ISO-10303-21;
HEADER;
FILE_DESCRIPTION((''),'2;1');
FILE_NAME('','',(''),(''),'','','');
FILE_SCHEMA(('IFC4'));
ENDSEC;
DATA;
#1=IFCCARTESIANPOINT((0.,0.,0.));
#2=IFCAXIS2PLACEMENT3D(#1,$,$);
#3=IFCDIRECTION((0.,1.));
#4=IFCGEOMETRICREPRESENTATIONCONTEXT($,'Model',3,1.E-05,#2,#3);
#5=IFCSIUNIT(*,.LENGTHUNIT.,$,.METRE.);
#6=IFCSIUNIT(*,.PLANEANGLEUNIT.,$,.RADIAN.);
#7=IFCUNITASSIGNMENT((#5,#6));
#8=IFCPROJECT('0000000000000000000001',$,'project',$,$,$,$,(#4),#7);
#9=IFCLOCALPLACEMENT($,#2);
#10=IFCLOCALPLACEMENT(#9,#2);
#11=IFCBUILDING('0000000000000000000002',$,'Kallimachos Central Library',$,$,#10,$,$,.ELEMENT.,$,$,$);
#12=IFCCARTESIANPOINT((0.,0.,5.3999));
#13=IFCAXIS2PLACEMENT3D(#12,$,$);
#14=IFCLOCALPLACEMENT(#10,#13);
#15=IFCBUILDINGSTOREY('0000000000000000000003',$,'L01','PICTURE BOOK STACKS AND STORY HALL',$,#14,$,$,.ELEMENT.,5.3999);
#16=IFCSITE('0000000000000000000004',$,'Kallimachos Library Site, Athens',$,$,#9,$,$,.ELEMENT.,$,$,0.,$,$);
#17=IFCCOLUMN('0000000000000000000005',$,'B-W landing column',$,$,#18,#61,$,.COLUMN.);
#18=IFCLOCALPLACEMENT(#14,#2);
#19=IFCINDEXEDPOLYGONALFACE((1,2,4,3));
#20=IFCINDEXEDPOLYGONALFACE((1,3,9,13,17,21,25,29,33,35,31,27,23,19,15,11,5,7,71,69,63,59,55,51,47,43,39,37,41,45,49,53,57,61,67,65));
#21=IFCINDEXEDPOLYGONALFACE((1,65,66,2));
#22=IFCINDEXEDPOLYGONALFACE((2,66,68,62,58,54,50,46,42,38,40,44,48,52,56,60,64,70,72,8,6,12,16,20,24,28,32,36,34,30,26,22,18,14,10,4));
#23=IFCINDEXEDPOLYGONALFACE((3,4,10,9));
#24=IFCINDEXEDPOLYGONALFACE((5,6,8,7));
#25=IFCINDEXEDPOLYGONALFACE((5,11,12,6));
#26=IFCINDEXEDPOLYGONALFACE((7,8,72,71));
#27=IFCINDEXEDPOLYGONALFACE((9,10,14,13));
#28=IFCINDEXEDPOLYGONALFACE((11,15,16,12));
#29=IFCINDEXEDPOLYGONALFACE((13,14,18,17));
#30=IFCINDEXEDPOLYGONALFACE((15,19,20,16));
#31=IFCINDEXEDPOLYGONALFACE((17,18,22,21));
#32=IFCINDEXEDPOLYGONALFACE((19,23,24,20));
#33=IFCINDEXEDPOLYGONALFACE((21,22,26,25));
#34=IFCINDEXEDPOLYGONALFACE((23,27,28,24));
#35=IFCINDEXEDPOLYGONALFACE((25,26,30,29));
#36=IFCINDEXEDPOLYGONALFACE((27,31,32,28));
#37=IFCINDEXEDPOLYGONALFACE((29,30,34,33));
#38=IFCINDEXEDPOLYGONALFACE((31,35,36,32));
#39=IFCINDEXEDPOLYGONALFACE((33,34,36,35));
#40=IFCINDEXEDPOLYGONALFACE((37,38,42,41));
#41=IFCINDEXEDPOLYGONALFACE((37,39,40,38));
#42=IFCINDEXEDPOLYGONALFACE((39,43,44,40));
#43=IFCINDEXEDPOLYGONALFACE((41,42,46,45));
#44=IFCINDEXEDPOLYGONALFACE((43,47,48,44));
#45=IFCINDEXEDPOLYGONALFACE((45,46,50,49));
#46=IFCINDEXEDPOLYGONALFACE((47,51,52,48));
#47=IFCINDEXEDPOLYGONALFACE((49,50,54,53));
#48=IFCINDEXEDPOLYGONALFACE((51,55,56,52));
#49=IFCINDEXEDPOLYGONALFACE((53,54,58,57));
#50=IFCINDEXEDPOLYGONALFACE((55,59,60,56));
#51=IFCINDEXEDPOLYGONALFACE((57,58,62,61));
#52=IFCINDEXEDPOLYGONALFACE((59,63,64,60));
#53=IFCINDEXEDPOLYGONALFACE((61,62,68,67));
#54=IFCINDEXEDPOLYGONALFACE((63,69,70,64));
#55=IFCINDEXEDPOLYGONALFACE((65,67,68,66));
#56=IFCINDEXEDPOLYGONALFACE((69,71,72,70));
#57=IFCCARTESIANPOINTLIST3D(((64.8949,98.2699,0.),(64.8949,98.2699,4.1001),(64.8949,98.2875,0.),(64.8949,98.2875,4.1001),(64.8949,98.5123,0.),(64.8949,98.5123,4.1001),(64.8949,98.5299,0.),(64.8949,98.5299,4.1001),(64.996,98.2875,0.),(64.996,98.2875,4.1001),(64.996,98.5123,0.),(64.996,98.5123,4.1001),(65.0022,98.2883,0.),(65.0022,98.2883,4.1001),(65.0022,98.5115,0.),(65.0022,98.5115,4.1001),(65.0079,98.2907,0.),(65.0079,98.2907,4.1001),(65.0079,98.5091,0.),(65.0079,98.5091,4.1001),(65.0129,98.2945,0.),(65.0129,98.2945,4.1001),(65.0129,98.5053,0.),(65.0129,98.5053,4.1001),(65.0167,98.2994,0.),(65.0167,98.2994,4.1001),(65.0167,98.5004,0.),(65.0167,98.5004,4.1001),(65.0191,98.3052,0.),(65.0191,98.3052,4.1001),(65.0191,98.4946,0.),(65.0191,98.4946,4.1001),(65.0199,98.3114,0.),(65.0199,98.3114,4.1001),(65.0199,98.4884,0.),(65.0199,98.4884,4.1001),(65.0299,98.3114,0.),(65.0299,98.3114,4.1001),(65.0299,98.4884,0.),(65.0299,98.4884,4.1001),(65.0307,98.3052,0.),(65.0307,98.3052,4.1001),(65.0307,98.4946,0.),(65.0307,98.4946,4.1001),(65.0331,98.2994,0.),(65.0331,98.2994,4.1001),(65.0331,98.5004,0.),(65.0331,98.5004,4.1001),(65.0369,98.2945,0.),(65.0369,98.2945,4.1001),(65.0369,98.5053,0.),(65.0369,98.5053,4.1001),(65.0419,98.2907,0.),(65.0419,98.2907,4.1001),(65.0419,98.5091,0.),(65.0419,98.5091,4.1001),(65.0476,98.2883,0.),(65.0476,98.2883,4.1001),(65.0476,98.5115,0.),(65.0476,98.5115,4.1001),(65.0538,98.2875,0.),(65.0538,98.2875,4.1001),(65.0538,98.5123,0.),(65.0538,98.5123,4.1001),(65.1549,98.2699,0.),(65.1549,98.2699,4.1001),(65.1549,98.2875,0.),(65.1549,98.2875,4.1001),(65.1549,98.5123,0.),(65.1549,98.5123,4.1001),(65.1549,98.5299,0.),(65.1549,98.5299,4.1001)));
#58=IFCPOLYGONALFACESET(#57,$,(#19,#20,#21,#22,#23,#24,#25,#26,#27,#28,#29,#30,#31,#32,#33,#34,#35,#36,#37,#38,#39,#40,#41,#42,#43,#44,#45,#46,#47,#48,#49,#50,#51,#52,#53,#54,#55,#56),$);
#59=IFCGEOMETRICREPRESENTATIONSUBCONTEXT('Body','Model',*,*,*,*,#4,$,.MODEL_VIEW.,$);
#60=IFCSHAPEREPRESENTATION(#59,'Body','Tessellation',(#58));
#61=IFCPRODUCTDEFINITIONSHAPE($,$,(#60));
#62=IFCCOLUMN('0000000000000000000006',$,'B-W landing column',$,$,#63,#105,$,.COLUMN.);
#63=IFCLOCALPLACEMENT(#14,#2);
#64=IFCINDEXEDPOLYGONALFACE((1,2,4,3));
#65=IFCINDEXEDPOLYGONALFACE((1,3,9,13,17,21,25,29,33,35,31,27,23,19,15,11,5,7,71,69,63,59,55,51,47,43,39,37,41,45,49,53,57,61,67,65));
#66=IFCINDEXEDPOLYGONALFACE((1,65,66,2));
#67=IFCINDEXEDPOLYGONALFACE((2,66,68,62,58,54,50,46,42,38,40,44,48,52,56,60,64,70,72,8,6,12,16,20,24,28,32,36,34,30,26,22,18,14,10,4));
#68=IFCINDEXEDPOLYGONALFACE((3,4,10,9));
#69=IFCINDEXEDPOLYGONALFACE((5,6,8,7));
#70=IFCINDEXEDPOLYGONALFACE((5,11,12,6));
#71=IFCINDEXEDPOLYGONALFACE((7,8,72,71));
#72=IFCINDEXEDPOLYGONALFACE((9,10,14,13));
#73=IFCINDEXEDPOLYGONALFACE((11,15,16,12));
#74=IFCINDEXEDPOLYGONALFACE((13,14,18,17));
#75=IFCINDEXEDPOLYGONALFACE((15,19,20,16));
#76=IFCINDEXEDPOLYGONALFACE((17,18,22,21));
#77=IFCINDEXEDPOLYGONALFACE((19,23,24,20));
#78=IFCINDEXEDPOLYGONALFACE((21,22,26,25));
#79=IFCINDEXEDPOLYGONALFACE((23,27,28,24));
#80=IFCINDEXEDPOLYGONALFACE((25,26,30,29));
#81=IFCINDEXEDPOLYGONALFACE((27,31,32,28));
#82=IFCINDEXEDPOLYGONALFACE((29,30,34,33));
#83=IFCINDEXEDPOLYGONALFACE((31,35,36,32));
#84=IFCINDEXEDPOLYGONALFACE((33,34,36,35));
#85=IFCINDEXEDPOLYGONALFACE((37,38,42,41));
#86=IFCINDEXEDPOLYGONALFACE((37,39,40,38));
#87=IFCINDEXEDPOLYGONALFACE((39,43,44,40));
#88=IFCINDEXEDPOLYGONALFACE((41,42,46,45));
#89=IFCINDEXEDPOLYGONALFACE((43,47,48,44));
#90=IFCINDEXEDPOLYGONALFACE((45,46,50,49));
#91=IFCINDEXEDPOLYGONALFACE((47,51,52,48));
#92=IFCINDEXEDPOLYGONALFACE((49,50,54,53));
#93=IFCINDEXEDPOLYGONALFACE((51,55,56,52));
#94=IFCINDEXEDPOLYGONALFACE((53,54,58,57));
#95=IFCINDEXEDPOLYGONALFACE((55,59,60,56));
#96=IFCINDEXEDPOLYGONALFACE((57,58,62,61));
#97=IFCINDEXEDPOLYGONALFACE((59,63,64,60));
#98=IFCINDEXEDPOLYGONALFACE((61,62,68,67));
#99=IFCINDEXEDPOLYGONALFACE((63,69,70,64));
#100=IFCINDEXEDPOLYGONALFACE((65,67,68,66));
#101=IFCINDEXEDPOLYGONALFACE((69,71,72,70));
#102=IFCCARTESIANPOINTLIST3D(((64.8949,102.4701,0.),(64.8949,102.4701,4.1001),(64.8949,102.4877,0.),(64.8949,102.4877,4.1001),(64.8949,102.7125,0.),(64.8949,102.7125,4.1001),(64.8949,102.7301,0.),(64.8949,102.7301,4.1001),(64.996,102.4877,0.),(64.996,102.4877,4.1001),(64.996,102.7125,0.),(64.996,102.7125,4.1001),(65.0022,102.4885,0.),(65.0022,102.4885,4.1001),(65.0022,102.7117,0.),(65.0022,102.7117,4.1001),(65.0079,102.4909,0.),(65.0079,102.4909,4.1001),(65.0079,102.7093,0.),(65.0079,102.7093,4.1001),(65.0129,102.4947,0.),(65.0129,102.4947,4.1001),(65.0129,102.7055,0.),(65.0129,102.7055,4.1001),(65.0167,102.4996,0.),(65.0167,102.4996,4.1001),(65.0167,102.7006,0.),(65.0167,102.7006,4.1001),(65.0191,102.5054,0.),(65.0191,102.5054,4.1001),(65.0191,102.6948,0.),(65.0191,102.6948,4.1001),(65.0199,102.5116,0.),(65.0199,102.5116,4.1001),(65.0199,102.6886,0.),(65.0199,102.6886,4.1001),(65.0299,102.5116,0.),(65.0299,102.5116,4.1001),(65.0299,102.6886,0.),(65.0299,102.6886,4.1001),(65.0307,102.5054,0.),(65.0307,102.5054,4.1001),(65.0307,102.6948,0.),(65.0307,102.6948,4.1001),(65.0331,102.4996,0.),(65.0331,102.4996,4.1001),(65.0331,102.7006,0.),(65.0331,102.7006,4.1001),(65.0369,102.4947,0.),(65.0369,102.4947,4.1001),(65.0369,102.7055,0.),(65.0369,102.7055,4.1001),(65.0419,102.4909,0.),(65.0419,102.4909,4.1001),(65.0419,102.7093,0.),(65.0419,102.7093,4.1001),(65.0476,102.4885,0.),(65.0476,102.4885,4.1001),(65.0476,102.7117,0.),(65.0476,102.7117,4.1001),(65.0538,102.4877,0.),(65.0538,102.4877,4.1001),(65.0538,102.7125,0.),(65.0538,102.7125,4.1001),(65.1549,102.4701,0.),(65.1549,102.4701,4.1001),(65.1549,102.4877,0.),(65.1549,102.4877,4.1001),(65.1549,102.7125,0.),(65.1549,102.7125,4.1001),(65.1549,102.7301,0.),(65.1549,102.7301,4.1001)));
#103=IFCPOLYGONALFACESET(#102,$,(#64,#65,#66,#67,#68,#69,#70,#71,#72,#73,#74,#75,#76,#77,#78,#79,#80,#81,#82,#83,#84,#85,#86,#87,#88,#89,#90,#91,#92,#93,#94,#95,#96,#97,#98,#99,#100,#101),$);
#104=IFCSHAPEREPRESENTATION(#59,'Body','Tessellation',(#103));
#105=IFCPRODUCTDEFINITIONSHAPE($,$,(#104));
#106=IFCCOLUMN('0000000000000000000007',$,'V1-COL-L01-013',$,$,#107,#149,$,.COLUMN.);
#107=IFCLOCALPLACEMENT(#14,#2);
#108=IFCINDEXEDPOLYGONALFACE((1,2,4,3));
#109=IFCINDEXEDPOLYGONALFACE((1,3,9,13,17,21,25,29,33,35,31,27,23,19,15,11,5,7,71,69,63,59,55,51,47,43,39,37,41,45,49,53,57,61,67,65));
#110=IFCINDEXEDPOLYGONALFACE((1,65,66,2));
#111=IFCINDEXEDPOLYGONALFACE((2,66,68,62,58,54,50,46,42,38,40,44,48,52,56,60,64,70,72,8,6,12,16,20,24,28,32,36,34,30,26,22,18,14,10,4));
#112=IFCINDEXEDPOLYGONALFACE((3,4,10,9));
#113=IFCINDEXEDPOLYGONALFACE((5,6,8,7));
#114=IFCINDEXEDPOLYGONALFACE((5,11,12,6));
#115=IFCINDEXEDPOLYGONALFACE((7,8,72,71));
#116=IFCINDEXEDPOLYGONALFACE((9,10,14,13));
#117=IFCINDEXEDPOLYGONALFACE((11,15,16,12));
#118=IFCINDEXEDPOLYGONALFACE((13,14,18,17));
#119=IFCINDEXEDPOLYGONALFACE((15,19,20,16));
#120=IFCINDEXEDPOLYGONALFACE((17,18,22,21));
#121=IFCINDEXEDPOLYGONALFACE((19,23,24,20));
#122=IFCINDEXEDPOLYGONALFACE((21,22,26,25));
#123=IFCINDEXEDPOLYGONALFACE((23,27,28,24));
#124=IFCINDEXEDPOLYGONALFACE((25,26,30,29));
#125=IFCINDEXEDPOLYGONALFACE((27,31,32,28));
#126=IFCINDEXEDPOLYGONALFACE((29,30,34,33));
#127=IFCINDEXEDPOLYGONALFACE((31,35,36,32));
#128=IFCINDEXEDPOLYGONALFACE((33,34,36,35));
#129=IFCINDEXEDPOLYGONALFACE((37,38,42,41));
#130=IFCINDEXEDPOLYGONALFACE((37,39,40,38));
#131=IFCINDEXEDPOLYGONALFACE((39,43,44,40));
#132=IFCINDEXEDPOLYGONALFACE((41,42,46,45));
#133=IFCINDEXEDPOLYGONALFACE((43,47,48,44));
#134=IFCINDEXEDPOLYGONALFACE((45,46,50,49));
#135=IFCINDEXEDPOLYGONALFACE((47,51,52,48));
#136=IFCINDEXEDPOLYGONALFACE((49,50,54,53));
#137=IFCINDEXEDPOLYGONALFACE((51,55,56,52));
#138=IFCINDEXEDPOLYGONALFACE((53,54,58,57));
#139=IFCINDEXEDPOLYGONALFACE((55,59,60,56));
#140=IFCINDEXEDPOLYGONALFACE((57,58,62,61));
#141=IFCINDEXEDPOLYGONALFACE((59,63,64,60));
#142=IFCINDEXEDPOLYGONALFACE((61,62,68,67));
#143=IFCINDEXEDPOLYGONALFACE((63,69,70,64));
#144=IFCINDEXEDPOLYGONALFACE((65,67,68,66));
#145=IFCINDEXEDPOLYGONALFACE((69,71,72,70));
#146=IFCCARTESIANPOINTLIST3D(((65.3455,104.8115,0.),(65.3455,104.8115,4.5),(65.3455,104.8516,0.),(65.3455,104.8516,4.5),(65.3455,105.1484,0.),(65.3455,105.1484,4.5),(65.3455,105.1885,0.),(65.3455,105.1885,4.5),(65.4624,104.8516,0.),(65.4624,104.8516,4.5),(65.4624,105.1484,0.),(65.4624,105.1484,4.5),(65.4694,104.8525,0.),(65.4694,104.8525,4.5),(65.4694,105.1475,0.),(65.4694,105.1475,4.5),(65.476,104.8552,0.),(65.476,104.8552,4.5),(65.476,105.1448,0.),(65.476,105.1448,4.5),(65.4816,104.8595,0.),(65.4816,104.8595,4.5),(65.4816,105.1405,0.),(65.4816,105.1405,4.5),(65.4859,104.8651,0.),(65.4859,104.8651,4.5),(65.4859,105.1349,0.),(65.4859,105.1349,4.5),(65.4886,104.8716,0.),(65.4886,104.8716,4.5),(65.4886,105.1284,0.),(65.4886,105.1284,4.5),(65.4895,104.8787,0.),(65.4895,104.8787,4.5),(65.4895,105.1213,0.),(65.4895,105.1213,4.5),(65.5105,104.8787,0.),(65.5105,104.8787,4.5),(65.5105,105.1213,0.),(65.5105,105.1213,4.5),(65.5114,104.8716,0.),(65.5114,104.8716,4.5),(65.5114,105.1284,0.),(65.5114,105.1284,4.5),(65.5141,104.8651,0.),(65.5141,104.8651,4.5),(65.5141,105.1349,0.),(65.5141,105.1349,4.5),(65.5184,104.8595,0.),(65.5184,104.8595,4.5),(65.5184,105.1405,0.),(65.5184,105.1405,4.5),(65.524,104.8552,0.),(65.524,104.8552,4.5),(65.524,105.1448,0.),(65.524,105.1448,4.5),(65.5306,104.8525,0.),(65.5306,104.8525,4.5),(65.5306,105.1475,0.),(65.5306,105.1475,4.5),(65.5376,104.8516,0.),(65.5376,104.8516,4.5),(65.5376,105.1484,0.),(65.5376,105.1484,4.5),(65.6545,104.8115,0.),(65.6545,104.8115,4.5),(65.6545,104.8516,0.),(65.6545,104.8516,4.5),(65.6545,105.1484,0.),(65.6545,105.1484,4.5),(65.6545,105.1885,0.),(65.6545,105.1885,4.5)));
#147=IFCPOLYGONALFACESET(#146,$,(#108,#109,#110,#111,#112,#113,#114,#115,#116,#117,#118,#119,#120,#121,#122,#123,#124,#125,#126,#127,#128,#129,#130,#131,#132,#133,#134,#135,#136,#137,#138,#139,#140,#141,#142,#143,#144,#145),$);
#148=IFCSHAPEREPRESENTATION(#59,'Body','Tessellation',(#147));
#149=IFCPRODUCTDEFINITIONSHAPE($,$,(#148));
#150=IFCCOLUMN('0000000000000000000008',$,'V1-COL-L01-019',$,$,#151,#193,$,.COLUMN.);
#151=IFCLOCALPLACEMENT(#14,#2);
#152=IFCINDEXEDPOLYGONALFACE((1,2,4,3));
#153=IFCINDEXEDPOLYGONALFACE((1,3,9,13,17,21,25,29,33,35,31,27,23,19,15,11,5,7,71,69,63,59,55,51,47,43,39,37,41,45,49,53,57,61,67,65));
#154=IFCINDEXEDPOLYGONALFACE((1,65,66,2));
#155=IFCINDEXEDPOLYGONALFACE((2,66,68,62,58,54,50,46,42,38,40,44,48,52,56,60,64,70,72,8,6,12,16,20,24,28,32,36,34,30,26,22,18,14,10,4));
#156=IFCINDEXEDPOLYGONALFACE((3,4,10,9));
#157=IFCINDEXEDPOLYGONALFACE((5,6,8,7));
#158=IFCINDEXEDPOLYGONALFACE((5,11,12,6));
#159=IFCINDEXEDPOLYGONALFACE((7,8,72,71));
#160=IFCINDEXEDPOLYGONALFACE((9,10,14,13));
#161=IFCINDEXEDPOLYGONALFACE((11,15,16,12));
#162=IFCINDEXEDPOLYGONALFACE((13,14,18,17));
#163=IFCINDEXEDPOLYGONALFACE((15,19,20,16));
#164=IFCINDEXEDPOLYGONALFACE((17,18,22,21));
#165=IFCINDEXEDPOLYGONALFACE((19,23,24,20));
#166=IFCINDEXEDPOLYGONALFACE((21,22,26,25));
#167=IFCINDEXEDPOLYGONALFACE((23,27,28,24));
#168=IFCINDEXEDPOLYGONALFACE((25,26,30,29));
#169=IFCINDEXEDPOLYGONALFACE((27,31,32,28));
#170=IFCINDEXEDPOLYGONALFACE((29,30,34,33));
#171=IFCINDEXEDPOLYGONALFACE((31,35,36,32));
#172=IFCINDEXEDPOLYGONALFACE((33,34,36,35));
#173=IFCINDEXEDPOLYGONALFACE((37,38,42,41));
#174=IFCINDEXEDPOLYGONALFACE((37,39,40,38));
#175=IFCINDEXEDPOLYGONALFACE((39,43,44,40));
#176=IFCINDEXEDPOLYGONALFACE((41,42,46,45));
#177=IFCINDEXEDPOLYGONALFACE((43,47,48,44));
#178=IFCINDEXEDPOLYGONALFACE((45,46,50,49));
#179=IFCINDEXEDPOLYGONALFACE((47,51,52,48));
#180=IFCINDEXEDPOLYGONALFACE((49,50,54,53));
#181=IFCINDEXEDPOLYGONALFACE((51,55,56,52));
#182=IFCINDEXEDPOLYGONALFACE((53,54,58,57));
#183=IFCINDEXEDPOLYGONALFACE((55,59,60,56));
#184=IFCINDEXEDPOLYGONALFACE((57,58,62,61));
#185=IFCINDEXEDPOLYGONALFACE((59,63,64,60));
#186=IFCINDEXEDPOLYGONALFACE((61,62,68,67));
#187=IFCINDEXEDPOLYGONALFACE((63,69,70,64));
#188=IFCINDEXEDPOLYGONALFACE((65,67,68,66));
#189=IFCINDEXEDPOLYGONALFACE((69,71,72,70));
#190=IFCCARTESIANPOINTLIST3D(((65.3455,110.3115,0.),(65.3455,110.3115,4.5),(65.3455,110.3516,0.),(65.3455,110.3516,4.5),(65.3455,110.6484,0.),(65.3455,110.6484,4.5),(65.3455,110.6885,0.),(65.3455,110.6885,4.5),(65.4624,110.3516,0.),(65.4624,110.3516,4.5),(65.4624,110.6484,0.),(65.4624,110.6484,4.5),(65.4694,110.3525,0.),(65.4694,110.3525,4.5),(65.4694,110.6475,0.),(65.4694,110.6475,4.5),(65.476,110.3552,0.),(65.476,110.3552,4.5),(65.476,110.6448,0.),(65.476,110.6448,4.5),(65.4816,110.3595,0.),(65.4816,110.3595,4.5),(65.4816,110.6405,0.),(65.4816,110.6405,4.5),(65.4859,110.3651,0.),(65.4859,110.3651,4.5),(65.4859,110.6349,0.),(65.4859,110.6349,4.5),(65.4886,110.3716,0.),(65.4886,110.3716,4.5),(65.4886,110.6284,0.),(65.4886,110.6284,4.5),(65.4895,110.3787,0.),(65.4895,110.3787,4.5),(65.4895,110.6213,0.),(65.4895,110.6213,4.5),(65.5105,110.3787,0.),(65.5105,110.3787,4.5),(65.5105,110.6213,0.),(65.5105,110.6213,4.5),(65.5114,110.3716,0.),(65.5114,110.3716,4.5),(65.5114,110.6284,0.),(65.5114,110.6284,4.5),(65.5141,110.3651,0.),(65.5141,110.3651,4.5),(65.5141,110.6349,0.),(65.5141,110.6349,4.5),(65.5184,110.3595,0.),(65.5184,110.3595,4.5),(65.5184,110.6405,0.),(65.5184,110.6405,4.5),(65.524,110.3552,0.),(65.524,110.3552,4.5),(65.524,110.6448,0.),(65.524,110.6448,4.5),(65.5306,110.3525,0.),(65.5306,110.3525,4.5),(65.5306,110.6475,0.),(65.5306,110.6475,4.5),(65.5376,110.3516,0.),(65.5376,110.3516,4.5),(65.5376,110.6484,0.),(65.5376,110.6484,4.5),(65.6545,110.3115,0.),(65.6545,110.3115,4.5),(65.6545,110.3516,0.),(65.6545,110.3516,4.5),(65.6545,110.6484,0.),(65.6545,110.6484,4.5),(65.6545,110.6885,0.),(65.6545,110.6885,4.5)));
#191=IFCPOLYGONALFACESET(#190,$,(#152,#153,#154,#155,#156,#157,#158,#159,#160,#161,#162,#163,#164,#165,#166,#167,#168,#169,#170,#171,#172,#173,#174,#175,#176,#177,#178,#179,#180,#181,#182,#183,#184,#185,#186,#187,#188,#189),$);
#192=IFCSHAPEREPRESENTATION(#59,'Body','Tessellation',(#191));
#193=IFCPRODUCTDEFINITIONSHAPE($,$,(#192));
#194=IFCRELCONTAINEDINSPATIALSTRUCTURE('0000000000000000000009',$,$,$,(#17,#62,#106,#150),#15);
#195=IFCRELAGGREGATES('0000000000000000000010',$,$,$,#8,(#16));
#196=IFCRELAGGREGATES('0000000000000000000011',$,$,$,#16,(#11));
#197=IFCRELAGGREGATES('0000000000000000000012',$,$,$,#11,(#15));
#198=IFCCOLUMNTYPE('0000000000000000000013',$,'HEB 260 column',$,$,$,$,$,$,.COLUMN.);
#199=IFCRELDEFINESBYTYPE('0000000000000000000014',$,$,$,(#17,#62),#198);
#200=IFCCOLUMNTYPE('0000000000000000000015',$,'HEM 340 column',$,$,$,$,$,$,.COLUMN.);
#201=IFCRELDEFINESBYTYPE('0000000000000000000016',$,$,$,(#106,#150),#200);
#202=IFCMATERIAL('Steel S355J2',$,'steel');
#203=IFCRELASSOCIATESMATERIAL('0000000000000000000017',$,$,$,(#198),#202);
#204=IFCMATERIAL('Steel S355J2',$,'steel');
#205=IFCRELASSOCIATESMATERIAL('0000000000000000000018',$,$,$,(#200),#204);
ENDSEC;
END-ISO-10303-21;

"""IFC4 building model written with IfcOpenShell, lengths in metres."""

from ifc_helpers import new_model, si_unit, direction, frame, origin, origin_2d, place, context, subcontext, project, spatial, i_section, extrude, material, material_profile, profile_set, type_object, element, save


model = new_model("IFC4")

# Units and contexts
model_context = context("Model", 3, precision=1e-05, world=origin(), true_north=direction((0.0, 1.0)))
body_context = subcontext(model_context, "Body", "Model", "MODEL_VIEW")
ifc_project = project(units=[si_unit("LENGTHUNIT", "METRE"), si_unit("PLANEANGLEUNIT", "RADIAN")], contexts=[model_context])

# Site, building, storey
site_placement = place(None, origin())
site = spatial("IfcSite", under=ifc_project, at=site_placement, Name="Kallimachos Library Site, Athens", CompositionType="ELEMENT", RefElevation=0.0)
building_placement = place(site_placement, origin())
building = spatial("IfcBuilding", under=site, at=building_placement, Name="Kallimachos Central Library", CompositionType="ELEMENT")
storey_placement = place(building_placement, frame((0.0, 0.0, 5.3999)))
storey = spatial("IfcBuildingStorey", under=building, at=storey_placement, Name="L01", Description="PICTURE BOOK STACKS AND STORY HALL", CompositionType="ELEMENT", Elevation=5.3999)

# Columns
ifc_material_1 = material(Name="Steel S355J2", Category="steel")
ifc_material_profile_1 = material_profile(ifc_material_1, i_section(OverallWidth=0.26, OverallDepth=0.26, WebThickness=0.01, FlangeThickness=0.0176, FilletRadius=0.0239, at=origin_2d()), Name="HEB 260")
ifc_profile_set_1 = profile_set([ifc_material_profile_1], Name="Steel S355J2")
column_type_1 = type_object("IfcColumnType", Name="HEB 260 column", PredefinedType="COLUMN", material=ifc_profile_set_1)
for number, where, z_axis, x_axis, name in (
    (1, (65.0249, 98.3999, 0.0), (0.0, 0.0, 1.0), (1.0, 0.0, 0.0), "B-W landing column"),
    (2, (65.0249, 102.6001, 0.0), (0.0, 0.0, 1.0), (1.0, 0.0, 0.0), "B-W landing column"),
):
    element("IfcColumn", number, at=place(storey_placement, frame(where, z_axis=z_axis, x_axis=x_axis)), inside=storey, type_object=column_type_1, Name=name, PredefinedType="COLUMN", context=body_context, shape_type="SweptSolid", body=[
        extrude(i_section(OverallWidth=0.26, OverallDepth=0.26, WebThickness=0.01, FlangeThickness=0.0176, FilletRadius=0.0239, at=origin_2d()), origin(), (0.0, 0.0, 1.0), 4.1001),
    ])
ifc_material_2 = material(Name="Steel S355J2", Category="steel")
ifc_material_profile_2 = material_profile(ifc_material_2, i_section(OverallWidth=0.3091, OverallDepth=0.377, WebThickness=0.021, FlangeThickness=0.04, FilletRadius=0.0271, at=origin_2d()), Name="HEM 340")
ifc_profile_set_2 = profile_set([ifc_material_profile_2], Name="Steel S355J2")
column_type_2 = type_object("IfcColumnType", Name="HEM 340 column", PredefinedType="COLUMN", material=ifc_profile_set_2)
for number, where, z_axis, x_axis, name in (
    (3, (65.5, 105.0, 0.0), (0.0, 0.0, 1.0), (1.0, 0.0, 0.0), "V1-COL-L01-013"),
    (4, (65.5, 110.5, 0.0), (0.0, 0.0, 1.0), (1.0, 0.0, 0.0), "V1-COL-L01-019"),
):
    element("IfcColumn", number, at=place(storey_placement, frame(where, z_axis=z_axis, x_axis=x_axis)), inside=storey, type_object=column_type_2, Name=name, PredefinedType="COLUMN", context=body_context, shape_type="SweptSolid", body=[
        extrude(i_section(OverallWidth=0.3091, OverallDepth=0.377, WebThickness=0.021, FlangeThickness=0.04, FilletRadius=0.0271, at=origin_2d()), origin(), (0.0, 0.0, 1.0), 4.5),
    ])

save(model, "model.ifc")
